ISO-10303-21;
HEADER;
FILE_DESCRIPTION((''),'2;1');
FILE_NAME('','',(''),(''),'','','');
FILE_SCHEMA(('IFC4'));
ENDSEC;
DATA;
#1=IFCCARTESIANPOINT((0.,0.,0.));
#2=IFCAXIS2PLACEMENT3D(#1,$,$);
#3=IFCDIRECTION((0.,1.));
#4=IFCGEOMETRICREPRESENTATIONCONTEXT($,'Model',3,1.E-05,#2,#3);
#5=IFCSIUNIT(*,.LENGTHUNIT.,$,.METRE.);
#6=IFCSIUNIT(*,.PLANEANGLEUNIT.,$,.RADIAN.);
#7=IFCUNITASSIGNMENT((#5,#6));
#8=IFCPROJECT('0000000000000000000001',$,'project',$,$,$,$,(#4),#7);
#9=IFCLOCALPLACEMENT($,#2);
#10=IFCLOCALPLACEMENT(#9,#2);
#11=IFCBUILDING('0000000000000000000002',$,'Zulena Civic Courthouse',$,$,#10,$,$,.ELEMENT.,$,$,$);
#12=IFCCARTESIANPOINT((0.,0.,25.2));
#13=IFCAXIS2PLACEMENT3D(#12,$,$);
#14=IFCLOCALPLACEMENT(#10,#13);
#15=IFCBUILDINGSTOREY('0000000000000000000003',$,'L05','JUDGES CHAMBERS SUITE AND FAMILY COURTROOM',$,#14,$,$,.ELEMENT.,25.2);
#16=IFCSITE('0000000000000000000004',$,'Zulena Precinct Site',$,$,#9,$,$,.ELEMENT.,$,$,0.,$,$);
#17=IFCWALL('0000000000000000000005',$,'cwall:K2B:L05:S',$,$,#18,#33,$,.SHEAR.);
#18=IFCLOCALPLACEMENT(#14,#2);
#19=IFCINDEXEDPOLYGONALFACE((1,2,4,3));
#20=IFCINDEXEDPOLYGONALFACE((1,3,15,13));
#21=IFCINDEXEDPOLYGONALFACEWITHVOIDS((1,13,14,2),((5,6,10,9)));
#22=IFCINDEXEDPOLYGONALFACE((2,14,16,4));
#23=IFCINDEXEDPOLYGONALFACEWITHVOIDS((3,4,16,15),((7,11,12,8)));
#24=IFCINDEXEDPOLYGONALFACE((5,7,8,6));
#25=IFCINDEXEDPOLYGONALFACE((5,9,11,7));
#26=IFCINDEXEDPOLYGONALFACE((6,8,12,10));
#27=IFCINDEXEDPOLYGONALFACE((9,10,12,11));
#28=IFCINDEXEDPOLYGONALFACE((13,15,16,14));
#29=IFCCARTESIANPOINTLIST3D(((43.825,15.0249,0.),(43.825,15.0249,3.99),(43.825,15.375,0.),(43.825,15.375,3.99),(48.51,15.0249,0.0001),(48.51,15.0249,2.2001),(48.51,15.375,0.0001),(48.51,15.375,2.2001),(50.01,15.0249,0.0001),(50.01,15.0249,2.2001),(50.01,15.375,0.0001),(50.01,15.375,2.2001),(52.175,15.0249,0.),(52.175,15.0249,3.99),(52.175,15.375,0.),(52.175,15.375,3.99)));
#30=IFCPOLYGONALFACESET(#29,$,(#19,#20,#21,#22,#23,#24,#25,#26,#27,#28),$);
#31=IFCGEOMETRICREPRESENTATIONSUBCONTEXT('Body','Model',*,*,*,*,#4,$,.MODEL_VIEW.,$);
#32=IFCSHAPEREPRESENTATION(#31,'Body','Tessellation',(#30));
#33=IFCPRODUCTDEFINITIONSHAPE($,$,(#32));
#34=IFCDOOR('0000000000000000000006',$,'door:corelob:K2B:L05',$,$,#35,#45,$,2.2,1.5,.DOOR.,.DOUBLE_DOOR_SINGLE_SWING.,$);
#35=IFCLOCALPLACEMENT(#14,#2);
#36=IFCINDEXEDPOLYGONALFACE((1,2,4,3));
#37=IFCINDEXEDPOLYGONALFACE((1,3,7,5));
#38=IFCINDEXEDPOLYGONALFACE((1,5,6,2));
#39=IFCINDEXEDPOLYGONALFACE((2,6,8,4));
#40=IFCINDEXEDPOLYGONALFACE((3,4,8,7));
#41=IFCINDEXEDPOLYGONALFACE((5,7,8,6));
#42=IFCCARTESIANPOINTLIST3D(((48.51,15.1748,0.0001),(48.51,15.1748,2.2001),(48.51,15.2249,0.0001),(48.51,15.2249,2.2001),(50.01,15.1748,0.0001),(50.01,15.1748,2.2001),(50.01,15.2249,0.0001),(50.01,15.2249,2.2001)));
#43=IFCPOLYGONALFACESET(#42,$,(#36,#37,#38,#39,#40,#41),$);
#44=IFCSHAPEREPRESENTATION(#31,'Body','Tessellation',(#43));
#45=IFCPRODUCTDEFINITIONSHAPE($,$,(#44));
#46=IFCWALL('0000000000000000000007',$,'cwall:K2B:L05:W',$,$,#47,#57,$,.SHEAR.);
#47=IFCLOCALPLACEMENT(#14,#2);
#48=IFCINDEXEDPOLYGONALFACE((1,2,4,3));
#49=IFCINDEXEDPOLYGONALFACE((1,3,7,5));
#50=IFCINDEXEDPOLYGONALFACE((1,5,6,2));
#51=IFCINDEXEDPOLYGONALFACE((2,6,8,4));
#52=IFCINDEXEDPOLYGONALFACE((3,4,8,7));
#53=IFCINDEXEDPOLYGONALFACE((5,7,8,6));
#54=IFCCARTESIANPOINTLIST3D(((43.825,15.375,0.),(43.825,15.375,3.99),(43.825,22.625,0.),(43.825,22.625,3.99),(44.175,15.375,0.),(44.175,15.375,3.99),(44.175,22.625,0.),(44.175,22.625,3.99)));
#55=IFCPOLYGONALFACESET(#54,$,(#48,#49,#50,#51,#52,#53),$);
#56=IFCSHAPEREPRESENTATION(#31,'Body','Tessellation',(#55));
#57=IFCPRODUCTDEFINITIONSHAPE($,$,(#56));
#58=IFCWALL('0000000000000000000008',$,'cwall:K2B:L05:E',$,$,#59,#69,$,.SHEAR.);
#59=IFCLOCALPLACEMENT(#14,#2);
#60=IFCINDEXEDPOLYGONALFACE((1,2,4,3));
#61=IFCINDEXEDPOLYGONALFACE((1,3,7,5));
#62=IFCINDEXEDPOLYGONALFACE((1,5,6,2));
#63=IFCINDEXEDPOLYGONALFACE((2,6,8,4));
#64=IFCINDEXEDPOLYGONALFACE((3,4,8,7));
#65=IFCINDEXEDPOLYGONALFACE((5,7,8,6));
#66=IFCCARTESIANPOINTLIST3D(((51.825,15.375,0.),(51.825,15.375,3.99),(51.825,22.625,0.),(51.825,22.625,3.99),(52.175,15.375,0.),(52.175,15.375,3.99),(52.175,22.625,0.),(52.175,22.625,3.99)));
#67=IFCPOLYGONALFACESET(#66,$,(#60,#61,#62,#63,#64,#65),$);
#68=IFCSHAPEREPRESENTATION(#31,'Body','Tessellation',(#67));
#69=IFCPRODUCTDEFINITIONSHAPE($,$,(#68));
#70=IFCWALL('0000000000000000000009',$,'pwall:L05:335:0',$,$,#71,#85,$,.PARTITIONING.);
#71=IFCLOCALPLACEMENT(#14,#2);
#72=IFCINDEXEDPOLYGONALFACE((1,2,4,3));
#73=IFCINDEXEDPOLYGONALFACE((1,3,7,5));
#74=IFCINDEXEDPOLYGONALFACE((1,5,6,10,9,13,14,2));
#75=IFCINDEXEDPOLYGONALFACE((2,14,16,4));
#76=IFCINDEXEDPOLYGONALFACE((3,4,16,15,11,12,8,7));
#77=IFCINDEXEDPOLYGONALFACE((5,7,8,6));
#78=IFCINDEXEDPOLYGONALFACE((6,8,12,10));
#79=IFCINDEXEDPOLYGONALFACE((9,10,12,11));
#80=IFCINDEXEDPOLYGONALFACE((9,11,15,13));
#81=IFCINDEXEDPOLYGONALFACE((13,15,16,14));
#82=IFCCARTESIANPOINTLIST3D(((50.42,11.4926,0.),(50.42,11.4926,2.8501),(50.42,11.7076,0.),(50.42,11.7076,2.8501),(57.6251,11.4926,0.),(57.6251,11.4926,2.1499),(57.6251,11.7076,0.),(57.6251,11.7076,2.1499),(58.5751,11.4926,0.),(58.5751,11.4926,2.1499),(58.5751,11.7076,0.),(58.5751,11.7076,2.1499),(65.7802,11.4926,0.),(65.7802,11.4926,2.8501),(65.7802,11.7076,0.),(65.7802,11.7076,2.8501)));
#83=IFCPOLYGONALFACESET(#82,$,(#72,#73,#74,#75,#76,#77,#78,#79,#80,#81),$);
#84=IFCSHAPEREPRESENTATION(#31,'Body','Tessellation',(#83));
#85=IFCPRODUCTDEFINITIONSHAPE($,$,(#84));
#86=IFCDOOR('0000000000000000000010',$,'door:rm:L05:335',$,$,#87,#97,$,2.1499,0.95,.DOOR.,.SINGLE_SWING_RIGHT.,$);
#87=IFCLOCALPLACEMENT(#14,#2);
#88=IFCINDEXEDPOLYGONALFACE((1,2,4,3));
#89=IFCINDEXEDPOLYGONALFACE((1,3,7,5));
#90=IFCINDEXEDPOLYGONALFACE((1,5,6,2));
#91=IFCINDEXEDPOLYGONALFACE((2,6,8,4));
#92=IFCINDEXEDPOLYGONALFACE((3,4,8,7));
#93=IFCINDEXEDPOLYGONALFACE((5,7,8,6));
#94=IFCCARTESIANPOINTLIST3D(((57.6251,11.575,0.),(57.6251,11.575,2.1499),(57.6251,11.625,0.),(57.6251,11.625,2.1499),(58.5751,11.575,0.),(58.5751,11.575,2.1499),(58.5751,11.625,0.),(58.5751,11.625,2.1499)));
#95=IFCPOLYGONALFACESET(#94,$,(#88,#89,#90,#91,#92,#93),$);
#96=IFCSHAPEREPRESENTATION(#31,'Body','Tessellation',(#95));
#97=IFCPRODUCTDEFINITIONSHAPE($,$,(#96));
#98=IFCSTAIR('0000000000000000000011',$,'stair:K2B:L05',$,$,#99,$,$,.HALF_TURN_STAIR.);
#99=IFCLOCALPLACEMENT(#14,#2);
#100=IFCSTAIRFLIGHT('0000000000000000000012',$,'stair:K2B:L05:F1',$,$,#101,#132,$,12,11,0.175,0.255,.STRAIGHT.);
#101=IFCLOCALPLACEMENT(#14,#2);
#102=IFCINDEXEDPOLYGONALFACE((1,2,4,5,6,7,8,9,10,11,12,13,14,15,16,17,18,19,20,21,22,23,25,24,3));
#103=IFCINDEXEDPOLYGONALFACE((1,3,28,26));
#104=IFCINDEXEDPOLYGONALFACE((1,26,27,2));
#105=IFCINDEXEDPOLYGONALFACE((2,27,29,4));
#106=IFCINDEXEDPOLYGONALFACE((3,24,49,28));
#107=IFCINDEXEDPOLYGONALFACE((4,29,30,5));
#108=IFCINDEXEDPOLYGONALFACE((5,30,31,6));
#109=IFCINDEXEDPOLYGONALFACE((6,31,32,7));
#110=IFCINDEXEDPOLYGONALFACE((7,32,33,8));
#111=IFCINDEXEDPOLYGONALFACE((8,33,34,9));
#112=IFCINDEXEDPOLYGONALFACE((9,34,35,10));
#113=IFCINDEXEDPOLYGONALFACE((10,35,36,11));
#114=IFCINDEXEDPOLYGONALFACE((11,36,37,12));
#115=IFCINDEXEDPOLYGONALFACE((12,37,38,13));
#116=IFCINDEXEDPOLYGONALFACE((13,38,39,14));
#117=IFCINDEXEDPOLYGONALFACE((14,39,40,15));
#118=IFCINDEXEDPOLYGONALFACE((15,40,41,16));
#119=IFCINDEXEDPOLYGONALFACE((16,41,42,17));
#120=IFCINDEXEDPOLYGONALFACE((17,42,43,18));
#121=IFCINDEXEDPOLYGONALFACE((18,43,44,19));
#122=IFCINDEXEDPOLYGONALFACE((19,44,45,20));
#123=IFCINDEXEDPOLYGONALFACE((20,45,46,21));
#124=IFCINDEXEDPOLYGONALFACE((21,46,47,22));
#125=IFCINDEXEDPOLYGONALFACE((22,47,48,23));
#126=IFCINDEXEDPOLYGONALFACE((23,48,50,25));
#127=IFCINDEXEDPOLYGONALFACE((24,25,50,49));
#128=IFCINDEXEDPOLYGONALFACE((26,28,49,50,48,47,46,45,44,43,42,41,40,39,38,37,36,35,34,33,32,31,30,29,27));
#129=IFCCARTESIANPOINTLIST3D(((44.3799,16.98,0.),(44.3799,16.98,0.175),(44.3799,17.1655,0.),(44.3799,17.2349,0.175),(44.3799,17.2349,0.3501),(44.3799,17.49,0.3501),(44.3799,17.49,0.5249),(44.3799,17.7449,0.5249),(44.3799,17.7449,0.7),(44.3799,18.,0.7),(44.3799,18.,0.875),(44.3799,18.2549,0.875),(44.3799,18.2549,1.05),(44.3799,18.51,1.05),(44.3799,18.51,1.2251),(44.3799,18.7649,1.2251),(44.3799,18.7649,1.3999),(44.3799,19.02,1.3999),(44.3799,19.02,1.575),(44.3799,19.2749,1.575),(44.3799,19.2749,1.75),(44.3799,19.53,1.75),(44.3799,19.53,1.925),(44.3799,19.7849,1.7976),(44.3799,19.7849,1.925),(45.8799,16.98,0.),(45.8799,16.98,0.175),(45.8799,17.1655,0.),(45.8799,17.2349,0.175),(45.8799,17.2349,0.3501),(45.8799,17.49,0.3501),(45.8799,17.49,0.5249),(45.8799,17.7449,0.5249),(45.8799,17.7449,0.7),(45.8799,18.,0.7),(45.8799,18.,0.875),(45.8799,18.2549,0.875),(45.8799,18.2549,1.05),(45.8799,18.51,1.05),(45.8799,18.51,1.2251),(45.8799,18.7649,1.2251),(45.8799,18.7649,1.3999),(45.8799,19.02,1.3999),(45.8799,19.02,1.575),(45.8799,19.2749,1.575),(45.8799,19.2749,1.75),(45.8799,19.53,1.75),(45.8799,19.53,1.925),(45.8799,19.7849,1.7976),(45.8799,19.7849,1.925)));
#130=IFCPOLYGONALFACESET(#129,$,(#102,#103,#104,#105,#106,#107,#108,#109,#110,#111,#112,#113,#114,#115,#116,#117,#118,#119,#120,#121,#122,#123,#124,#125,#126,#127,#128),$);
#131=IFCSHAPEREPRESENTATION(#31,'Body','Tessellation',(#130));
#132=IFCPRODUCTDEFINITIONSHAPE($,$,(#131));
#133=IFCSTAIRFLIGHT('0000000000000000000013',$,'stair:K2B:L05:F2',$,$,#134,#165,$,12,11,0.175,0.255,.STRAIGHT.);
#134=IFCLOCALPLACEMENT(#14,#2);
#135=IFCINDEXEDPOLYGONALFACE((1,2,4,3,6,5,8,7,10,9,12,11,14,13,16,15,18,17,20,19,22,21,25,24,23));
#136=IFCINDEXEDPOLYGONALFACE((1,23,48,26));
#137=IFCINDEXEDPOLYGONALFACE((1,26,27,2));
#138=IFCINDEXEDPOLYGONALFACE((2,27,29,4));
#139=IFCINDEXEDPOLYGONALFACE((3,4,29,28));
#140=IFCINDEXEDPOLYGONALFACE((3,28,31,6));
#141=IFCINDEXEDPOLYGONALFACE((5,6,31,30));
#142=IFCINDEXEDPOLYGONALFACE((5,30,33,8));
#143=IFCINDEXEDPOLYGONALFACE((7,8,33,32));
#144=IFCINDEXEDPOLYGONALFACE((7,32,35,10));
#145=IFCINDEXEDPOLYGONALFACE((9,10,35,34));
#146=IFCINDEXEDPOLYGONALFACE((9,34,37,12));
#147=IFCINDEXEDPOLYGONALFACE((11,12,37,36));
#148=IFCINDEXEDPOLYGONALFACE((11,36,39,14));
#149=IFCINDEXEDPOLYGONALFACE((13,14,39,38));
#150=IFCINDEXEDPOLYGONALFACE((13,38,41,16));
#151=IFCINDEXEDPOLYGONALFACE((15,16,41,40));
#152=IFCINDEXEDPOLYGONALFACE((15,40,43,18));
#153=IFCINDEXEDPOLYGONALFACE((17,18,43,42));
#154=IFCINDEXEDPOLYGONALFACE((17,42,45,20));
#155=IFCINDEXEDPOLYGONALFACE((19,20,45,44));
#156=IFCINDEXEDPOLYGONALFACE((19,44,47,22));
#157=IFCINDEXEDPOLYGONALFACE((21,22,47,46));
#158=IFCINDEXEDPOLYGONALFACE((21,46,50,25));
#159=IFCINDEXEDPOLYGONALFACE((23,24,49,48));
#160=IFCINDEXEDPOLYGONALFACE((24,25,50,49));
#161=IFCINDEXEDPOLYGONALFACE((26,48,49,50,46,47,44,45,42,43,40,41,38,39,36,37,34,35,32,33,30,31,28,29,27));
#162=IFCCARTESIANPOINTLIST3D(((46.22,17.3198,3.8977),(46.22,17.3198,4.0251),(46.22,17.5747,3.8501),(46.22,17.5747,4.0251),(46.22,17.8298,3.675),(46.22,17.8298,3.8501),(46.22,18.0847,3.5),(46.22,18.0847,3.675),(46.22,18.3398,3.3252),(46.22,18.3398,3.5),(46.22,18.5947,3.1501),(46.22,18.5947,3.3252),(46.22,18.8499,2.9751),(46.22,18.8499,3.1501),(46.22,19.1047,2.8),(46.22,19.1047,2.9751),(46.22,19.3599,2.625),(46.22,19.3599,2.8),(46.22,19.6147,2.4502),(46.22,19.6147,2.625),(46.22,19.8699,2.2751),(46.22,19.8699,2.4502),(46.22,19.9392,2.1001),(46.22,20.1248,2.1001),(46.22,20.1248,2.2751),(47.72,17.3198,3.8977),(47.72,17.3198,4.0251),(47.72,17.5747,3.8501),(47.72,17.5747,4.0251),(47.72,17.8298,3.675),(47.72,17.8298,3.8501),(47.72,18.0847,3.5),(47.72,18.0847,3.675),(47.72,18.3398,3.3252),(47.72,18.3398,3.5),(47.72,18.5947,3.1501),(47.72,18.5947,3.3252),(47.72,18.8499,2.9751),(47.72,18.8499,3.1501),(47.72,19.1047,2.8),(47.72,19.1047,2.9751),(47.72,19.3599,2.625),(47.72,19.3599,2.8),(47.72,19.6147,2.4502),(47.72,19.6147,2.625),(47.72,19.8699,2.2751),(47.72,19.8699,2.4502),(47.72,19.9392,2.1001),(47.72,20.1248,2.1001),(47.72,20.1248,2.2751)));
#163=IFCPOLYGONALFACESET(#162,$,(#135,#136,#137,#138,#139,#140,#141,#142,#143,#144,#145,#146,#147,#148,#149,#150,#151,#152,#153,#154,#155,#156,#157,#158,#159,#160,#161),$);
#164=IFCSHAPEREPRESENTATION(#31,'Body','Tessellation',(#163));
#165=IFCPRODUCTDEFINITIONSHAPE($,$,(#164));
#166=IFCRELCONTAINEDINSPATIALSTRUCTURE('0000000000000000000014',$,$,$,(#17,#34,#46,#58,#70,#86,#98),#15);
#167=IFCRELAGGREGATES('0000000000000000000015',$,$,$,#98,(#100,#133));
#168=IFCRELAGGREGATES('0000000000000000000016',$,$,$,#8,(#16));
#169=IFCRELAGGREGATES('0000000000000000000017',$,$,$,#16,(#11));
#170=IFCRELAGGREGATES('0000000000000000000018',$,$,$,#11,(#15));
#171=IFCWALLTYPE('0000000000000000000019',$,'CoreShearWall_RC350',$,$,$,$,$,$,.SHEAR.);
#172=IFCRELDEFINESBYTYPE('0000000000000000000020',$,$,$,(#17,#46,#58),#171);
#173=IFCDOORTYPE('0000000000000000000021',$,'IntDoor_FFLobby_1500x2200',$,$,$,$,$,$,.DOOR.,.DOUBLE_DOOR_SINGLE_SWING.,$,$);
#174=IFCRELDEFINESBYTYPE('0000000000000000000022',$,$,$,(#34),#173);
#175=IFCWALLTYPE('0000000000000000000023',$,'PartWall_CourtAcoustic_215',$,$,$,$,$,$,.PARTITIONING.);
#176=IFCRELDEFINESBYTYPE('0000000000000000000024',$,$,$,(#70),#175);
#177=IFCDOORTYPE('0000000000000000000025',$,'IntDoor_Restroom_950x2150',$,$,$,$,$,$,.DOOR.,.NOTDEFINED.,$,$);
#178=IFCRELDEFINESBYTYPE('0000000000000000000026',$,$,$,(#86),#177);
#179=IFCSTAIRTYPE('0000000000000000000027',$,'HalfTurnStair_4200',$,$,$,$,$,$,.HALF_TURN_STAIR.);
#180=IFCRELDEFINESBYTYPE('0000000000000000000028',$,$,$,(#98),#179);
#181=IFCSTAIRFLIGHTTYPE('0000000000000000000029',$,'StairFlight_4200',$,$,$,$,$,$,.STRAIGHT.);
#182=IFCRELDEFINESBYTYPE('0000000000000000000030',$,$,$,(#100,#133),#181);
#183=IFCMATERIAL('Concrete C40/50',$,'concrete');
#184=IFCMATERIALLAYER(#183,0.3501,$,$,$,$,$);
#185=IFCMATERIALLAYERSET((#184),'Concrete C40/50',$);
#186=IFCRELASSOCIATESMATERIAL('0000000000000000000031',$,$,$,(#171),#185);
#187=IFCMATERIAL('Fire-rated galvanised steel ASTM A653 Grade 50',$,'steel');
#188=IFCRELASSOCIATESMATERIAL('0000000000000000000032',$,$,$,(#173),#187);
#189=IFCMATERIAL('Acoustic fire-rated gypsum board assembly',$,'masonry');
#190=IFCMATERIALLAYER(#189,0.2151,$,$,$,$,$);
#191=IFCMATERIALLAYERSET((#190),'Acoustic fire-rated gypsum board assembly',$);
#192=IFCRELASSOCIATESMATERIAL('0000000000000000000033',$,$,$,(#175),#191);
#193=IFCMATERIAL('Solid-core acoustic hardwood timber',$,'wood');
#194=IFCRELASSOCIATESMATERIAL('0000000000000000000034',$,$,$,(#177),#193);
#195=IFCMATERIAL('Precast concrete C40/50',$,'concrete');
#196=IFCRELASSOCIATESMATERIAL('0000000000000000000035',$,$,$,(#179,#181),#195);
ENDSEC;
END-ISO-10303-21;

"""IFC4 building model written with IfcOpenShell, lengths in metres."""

from ifc_helpers import new_model, si_unit, direction, frame, frame_2d, origin, place, context, subcontext, project, spatial, polyline, rectangle, outline, extrude, material, layer, layer_set, type_object, element, fill, aggregate, save


model = new_model("IFC4")

# Units and contexts
model_context = context("Model", 3, precision=1e-05, world=origin(), true_north=direction((0.0, 1.0)))
body_context = subcontext(model_context, "Body", "Model", "MODEL_VIEW")
ifc_project = project(units=[si_unit("LENGTHUNIT", "METRE"), si_unit("PLANEANGLEUNIT", "RADIAN")], contexts=[model_context])

# Site, building, storey
site_placement = place(None, origin())
site = spatial("IfcSite", under=ifc_project, at=site_placement, Name="Zulena Precinct Site", CompositionType="ELEMENT", RefElevation=0.0)
building_placement = place(site_placement, origin())
building = spatial("IfcBuilding", under=site, at=building_placement, Name="Zulena Civic Courthouse", CompositionType="ELEMENT")
storey_placement = place(building_placement, frame((0.0, 0.0, 25.2)))
storey = spatial("IfcBuildingStorey", under=building, at=storey_placement, Name="L05", Description="JUDGES CHAMBERS SUITE AND FAMILY COURTROOM", CompositionType="ELEMENT", Elevation=25.2)

# Shared definitions
ifc_material_1 = material(Name="Concrete C40/50", Category="concrete")
ifc_material_2 = material(Name="Fire-rated galvanised steel ASTM A653 Grade 50", Category="steel")

# Wall, opening, door
ifc_layer_1 = layer(ifc_material_1, 0.3501)
ifc_layer_set_1 = layer_set([ifc_layer_1], Name="Concrete C40/50")
wall_type_1 = type_object("IfcWallType", Name="CoreShearWall_RC350", PredefinedType="SHEAR", material=ifc_layer_set_1)
wall_1_placement = place(storey_placement, frame((43.825, 15.2, 0.0), z_axis=(0.0, 0.0, 1.0), x_axis=(1.0, 0.0, 0.0)))
wall_1 = element("IfcWall", 1, at=wall_1_placement, inside=storey, type_object=wall_type_1, Name="cwall:K2B:L05:S", PredefinedType="SHEAR", context=body_context, shape_type="SweptSolid", body=[
    extrude(rectangle(XDim=8.3501, YDim=0.3501, at=frame_2d((4.175, 0.0))), origin(), (0.0, 0.0, 1.0), 3.99),
])
opening_1_placement = place(wall_1_placement, frame((4.6851, 0.0, 0.0)))
opening_1 = element("IfcOpeningElement", 2, at=opening_1_placement, cuts=wall_1, PredefinedType="OPENING", context=body_context, shape_type="SweptSolid", body=[
    extrude(rectangle(XDim=1.5, YDim=2.2, at=frame_2d((0.75, 1.1001))), frame((0.0, 0.1851, 0.0), z_axis=(0.0, -1.0, 0.0), x_axis=(1.0, 0.0, 0.0)), (0.0, 0.0, 1.0), 0.3701),
])
door_type_1 = type_object("IfcDoorType", Name="IntDoor_FFLobby_1500x2200", OperationType="DOUBLE_DOOR_SINGLE_SWING", PredefinedType="DOOR", material=ifc_material_2)
door_1_placement = place(opening_1_placement, origin())
door_1 = element("IfcDoor", 3, at=door_1_placement, inside=storey, type_object=door_type_1, Name="door:corelob:K2B:L05", OperationType="DOUBLE_DOOR_SINGLE_SWING", OverallHeight=2.2, OverallWidth=1.5, PredefinedType="DOOR", context=body_context, shape_type="SweptSolid", body=[
    extrude(rectangle(XDim=1.5, YDim=2.2, at=frame_2d((0.75, 1.1001))), frame((0.0, 0.0249, 0.0), z_axis=(0.0, -1.0, 0.0), x_axis=(1.0, 0.0, 0.0)), (0.0, 0.0, 1.0), 0.05),
])
fill(opening_1, door_1)

# Walls
for number, where, z_axis, x_axis, name in (
    (4, (44.0, 15.375, 0.0), (0.0, 0.0, 1.0), (0.0, 1.0, 0.0), "cwall:K2B:L05:W"),
    (5, (52.0, 15.375, 0.0), (0.0, 0.0, 1.0), (0.0, 1.0, 0.0), "cwall:K2B:L05:E"),
):
    element("IfcWall", number, at=place(storey_placement, frame(where, z_axis=z_axis, x_axis=x_axis)), inside=storey, type_object=wall_type_1, Name=name, PredefinedType="SHEAR", context=body_context, shape_type="SweptSolid", body=[
        extrude(rectangle(XDim=7.25, YDim=0.3501, at=frame_2d((3.625, 0.0))), origin(), (0.0, 0.0, 1.0), 3.99),
    ])

# Wall, opening, door
ifc_material_3 = material(Name="Acoustic fire-rated gypsum board assembly", Category="masonry")
ifc_layer_2 = layer(ifc_material_3, 0.2151)
ifc_layer_set_2 = layer_set([ifc_layer_2], Name="Acoustic fire-rated gypsum board assembly")
wall_type_2 = type_object("IfcWallType", Name="PartWall_CourtAcoustic_215", PredefinedType="PARTITIONING", material=ifc_layer_set_2)
wall_2_placement = place(storey_placement, frame((50.4199, 11.6001, 0.0), z_axis=(0.0, 0.0, 1.0), x_axis=(1.0, 0.0, 0.0)))
wall_2 = element("IfcWall", 6, at=wall_2_placement, inside=storey, type_object=wall_type_2, Name="pwall:L05:335:0", PredefinedType="PARTITIONING", context=body_context, shape_type="SweptSolid", body=[
    extrude(rectangle(XDim=15.3601, YDim=0.2151, at=frame_2d((7.6802, 0.0))), origin(), (0.0, 0.0, 1.0), 2.8501),
])
opening_2_placement = place(wall_2_placement, frame((7.2051, 0.0, 0.0)))
opening_2 = element("IfcOpeningElement", 7, at=opening_2_placement, cuts=wall_2, PredefinedType="OPENING", context=body_context, shape_type="SweptSolid", body=[
    extrude(rectangle(XDim=0.95, YDim=2.1499, at=frame_2d((0.4751, 1.075))), frame((0.0, 0.1174, 0.0), z_axis=(0.0, -1.0, 0.0), x_axis=(1.0, 0.0, 0.0)), (0.0, 0.0, 1.0), 0.2351),
])
ifc_material_4 = material(Name="Solid-core acoustic hardwood timber", Category="wood")
door_type_2 = type_object("IfcDoorType", Name="IntDoor_Restroom_950x2150", OperationType="NOTDEFINED", PredefinedType="DOOR", material=ifc_material_4)
door_2_placement = place(opening_2_placement, origin())
door_2 = element("IfcDoor", 8, at=door_2_placement, inside=storey, type_object=door_type_2, Name="door:rm:L05:335", OperationType="SINGLE_SWING_RIGHT", OverallHeight=2.1499, OverallWidth=0.95, PredefinedType="DOOR", context=body_context, shape_type="SweptSolid", body=[
    extrude(rectangle(XDim=0.95, YDim=2.1499, at=frame_2d((0.4751, 1.075))), frame((0.0, 0.0249, 0.0), z_axis=(0.0, -1.0, 0.0), x_axis=(1.0, 0.0, 0.0)), (0.0, 0.0, 1.0), 0.05),
])
fill(opening_2, door_2)

# Stair, stair flights
ifc_material_5 = material(Name="Precast concrete C40/50", Category="concrete")
stair_type = type_object("IfcStairType", Name="HalfTurnStair_4200", PredefinedType="HALF_TURN_STAIR", material=ifc_material_5)
stair_placement = place(storey_placement, origin())
stair = element("IfcStair", 9, at=stair_placement, inside=storey, type_object=stair_type, Name="stair:K2B:L05", PredefinedType="HALF_TURN_STAIR")
stair_flight_type = type_object("IfcStairFlightType", Name="StairFlight_4200", PredefinedType="STRAIGHT", material=ifc_material_5)
stair_flight_1_placement = place(storey_placement, frame((45.1299, 16.98, 0.0), z_axis=(0.0, 0.0, 1.0), x_axis=(0.0, 1.0, 0.0)))
stair_flight_1 = element("IfcStairFlight", 10, at=stair_flight_1_placement, type_object=stair_flight_type, Name="stair:K2B:L05:F1", NumberOfRisers=12, NumberOfTreads=11, PredefinedType="STRAIGHT", RiserHeight=0.175, TreadLength=0.255, context=body_context, shape_type="SweptSolid", body=[
    extrude(outline(polyline([(0.0, 0.0), (0.0, 0.175), (0.2549, 0.175), (0.2549, 0.3501), (0.51, 0.3501), (0.51, 0.5249), (0.7649, 0.5249), (0.7649, 0.7), (1.02, 0.7), (1.02, 0.875), (1.2749, 0.875), (1.2749, 1.05), (1.53, 1.05), (1.53, 1.2251), (1.7849, 1.2251), (1.7849, 1.3999), (2.04, 1.3999), (2.04, 1.575), (2.2949, 1.575), (2.2949, 1.75), (2.55, 1.75), (2.55, 1.925), (2.8049, 1.925), (2.8049, 2.1001), (2.8049, 1.7976), (0.1855, 0.0), (0.0, 0.0)])), frame((0.0, 0.75, 0.0), z_axis=(0.0, -1.0, 0.0), x_axis=(1.0, 0.0, 0.0)), (0.0, 0.0, 1.0), 1.5),
])
stair_flight_2_placement = place(storey_placement, frame((46.97, 20.1248, 2.1001), z_axis=(0.0, 0.0, 1.0), x_axis=(0.0, -1.0, 0.0)))
stair_flight_2 = element("IfcStairFlight", 11, at=stair_flight_2_placement, type_object=stair_flight_type, Name="stair:K2B:L05:F2", NumberOfRisers=12, NumberOfTreads=11, PredefinedType="STRAIGHT", RiserHeight=0.175, TreadLength=0.255, context=body_context, shape_type="SweptSolid", body=[
    extrude(outline(polyline([(0.0, 0.0), (0.0, 0.175), (0.2549, 0.175), (0.2549, 0.3501), (0.51, 0.3501), (0.51, 0.5249), (0.7649, 0.5249), (0.7649, 0.7), (1.02, 0.7), (1.02, 0.875), (1.2749, 0.875), (1.2749, 1.05), (1.53, 1.05), (1.53, 1.2251), (1.7849, 1.2251), (1.7849, 1.3999), (2.04, 1.3999), (2.04, 1.575), (2.2949, 1.575), (2.2949, 1.75), (2.55, 1.75), (2.55, 1.925), (2.8049, 1.925), (2.8049, 2.1001), (2.8049, 1.7976), (0.1855, 0.0), (0.0, 0.0)])), frame((0.0, 0.75, 0.0), z_axis=(0.0, -1.0, 0.0), x_axis=(1.0, 0.0, 0.0)), (0.0, 0.0, 1.0), 1.5),
])
aggregate(stair, [stair_flight_1, stair_flight_2])

save(model, "model.ifc")
